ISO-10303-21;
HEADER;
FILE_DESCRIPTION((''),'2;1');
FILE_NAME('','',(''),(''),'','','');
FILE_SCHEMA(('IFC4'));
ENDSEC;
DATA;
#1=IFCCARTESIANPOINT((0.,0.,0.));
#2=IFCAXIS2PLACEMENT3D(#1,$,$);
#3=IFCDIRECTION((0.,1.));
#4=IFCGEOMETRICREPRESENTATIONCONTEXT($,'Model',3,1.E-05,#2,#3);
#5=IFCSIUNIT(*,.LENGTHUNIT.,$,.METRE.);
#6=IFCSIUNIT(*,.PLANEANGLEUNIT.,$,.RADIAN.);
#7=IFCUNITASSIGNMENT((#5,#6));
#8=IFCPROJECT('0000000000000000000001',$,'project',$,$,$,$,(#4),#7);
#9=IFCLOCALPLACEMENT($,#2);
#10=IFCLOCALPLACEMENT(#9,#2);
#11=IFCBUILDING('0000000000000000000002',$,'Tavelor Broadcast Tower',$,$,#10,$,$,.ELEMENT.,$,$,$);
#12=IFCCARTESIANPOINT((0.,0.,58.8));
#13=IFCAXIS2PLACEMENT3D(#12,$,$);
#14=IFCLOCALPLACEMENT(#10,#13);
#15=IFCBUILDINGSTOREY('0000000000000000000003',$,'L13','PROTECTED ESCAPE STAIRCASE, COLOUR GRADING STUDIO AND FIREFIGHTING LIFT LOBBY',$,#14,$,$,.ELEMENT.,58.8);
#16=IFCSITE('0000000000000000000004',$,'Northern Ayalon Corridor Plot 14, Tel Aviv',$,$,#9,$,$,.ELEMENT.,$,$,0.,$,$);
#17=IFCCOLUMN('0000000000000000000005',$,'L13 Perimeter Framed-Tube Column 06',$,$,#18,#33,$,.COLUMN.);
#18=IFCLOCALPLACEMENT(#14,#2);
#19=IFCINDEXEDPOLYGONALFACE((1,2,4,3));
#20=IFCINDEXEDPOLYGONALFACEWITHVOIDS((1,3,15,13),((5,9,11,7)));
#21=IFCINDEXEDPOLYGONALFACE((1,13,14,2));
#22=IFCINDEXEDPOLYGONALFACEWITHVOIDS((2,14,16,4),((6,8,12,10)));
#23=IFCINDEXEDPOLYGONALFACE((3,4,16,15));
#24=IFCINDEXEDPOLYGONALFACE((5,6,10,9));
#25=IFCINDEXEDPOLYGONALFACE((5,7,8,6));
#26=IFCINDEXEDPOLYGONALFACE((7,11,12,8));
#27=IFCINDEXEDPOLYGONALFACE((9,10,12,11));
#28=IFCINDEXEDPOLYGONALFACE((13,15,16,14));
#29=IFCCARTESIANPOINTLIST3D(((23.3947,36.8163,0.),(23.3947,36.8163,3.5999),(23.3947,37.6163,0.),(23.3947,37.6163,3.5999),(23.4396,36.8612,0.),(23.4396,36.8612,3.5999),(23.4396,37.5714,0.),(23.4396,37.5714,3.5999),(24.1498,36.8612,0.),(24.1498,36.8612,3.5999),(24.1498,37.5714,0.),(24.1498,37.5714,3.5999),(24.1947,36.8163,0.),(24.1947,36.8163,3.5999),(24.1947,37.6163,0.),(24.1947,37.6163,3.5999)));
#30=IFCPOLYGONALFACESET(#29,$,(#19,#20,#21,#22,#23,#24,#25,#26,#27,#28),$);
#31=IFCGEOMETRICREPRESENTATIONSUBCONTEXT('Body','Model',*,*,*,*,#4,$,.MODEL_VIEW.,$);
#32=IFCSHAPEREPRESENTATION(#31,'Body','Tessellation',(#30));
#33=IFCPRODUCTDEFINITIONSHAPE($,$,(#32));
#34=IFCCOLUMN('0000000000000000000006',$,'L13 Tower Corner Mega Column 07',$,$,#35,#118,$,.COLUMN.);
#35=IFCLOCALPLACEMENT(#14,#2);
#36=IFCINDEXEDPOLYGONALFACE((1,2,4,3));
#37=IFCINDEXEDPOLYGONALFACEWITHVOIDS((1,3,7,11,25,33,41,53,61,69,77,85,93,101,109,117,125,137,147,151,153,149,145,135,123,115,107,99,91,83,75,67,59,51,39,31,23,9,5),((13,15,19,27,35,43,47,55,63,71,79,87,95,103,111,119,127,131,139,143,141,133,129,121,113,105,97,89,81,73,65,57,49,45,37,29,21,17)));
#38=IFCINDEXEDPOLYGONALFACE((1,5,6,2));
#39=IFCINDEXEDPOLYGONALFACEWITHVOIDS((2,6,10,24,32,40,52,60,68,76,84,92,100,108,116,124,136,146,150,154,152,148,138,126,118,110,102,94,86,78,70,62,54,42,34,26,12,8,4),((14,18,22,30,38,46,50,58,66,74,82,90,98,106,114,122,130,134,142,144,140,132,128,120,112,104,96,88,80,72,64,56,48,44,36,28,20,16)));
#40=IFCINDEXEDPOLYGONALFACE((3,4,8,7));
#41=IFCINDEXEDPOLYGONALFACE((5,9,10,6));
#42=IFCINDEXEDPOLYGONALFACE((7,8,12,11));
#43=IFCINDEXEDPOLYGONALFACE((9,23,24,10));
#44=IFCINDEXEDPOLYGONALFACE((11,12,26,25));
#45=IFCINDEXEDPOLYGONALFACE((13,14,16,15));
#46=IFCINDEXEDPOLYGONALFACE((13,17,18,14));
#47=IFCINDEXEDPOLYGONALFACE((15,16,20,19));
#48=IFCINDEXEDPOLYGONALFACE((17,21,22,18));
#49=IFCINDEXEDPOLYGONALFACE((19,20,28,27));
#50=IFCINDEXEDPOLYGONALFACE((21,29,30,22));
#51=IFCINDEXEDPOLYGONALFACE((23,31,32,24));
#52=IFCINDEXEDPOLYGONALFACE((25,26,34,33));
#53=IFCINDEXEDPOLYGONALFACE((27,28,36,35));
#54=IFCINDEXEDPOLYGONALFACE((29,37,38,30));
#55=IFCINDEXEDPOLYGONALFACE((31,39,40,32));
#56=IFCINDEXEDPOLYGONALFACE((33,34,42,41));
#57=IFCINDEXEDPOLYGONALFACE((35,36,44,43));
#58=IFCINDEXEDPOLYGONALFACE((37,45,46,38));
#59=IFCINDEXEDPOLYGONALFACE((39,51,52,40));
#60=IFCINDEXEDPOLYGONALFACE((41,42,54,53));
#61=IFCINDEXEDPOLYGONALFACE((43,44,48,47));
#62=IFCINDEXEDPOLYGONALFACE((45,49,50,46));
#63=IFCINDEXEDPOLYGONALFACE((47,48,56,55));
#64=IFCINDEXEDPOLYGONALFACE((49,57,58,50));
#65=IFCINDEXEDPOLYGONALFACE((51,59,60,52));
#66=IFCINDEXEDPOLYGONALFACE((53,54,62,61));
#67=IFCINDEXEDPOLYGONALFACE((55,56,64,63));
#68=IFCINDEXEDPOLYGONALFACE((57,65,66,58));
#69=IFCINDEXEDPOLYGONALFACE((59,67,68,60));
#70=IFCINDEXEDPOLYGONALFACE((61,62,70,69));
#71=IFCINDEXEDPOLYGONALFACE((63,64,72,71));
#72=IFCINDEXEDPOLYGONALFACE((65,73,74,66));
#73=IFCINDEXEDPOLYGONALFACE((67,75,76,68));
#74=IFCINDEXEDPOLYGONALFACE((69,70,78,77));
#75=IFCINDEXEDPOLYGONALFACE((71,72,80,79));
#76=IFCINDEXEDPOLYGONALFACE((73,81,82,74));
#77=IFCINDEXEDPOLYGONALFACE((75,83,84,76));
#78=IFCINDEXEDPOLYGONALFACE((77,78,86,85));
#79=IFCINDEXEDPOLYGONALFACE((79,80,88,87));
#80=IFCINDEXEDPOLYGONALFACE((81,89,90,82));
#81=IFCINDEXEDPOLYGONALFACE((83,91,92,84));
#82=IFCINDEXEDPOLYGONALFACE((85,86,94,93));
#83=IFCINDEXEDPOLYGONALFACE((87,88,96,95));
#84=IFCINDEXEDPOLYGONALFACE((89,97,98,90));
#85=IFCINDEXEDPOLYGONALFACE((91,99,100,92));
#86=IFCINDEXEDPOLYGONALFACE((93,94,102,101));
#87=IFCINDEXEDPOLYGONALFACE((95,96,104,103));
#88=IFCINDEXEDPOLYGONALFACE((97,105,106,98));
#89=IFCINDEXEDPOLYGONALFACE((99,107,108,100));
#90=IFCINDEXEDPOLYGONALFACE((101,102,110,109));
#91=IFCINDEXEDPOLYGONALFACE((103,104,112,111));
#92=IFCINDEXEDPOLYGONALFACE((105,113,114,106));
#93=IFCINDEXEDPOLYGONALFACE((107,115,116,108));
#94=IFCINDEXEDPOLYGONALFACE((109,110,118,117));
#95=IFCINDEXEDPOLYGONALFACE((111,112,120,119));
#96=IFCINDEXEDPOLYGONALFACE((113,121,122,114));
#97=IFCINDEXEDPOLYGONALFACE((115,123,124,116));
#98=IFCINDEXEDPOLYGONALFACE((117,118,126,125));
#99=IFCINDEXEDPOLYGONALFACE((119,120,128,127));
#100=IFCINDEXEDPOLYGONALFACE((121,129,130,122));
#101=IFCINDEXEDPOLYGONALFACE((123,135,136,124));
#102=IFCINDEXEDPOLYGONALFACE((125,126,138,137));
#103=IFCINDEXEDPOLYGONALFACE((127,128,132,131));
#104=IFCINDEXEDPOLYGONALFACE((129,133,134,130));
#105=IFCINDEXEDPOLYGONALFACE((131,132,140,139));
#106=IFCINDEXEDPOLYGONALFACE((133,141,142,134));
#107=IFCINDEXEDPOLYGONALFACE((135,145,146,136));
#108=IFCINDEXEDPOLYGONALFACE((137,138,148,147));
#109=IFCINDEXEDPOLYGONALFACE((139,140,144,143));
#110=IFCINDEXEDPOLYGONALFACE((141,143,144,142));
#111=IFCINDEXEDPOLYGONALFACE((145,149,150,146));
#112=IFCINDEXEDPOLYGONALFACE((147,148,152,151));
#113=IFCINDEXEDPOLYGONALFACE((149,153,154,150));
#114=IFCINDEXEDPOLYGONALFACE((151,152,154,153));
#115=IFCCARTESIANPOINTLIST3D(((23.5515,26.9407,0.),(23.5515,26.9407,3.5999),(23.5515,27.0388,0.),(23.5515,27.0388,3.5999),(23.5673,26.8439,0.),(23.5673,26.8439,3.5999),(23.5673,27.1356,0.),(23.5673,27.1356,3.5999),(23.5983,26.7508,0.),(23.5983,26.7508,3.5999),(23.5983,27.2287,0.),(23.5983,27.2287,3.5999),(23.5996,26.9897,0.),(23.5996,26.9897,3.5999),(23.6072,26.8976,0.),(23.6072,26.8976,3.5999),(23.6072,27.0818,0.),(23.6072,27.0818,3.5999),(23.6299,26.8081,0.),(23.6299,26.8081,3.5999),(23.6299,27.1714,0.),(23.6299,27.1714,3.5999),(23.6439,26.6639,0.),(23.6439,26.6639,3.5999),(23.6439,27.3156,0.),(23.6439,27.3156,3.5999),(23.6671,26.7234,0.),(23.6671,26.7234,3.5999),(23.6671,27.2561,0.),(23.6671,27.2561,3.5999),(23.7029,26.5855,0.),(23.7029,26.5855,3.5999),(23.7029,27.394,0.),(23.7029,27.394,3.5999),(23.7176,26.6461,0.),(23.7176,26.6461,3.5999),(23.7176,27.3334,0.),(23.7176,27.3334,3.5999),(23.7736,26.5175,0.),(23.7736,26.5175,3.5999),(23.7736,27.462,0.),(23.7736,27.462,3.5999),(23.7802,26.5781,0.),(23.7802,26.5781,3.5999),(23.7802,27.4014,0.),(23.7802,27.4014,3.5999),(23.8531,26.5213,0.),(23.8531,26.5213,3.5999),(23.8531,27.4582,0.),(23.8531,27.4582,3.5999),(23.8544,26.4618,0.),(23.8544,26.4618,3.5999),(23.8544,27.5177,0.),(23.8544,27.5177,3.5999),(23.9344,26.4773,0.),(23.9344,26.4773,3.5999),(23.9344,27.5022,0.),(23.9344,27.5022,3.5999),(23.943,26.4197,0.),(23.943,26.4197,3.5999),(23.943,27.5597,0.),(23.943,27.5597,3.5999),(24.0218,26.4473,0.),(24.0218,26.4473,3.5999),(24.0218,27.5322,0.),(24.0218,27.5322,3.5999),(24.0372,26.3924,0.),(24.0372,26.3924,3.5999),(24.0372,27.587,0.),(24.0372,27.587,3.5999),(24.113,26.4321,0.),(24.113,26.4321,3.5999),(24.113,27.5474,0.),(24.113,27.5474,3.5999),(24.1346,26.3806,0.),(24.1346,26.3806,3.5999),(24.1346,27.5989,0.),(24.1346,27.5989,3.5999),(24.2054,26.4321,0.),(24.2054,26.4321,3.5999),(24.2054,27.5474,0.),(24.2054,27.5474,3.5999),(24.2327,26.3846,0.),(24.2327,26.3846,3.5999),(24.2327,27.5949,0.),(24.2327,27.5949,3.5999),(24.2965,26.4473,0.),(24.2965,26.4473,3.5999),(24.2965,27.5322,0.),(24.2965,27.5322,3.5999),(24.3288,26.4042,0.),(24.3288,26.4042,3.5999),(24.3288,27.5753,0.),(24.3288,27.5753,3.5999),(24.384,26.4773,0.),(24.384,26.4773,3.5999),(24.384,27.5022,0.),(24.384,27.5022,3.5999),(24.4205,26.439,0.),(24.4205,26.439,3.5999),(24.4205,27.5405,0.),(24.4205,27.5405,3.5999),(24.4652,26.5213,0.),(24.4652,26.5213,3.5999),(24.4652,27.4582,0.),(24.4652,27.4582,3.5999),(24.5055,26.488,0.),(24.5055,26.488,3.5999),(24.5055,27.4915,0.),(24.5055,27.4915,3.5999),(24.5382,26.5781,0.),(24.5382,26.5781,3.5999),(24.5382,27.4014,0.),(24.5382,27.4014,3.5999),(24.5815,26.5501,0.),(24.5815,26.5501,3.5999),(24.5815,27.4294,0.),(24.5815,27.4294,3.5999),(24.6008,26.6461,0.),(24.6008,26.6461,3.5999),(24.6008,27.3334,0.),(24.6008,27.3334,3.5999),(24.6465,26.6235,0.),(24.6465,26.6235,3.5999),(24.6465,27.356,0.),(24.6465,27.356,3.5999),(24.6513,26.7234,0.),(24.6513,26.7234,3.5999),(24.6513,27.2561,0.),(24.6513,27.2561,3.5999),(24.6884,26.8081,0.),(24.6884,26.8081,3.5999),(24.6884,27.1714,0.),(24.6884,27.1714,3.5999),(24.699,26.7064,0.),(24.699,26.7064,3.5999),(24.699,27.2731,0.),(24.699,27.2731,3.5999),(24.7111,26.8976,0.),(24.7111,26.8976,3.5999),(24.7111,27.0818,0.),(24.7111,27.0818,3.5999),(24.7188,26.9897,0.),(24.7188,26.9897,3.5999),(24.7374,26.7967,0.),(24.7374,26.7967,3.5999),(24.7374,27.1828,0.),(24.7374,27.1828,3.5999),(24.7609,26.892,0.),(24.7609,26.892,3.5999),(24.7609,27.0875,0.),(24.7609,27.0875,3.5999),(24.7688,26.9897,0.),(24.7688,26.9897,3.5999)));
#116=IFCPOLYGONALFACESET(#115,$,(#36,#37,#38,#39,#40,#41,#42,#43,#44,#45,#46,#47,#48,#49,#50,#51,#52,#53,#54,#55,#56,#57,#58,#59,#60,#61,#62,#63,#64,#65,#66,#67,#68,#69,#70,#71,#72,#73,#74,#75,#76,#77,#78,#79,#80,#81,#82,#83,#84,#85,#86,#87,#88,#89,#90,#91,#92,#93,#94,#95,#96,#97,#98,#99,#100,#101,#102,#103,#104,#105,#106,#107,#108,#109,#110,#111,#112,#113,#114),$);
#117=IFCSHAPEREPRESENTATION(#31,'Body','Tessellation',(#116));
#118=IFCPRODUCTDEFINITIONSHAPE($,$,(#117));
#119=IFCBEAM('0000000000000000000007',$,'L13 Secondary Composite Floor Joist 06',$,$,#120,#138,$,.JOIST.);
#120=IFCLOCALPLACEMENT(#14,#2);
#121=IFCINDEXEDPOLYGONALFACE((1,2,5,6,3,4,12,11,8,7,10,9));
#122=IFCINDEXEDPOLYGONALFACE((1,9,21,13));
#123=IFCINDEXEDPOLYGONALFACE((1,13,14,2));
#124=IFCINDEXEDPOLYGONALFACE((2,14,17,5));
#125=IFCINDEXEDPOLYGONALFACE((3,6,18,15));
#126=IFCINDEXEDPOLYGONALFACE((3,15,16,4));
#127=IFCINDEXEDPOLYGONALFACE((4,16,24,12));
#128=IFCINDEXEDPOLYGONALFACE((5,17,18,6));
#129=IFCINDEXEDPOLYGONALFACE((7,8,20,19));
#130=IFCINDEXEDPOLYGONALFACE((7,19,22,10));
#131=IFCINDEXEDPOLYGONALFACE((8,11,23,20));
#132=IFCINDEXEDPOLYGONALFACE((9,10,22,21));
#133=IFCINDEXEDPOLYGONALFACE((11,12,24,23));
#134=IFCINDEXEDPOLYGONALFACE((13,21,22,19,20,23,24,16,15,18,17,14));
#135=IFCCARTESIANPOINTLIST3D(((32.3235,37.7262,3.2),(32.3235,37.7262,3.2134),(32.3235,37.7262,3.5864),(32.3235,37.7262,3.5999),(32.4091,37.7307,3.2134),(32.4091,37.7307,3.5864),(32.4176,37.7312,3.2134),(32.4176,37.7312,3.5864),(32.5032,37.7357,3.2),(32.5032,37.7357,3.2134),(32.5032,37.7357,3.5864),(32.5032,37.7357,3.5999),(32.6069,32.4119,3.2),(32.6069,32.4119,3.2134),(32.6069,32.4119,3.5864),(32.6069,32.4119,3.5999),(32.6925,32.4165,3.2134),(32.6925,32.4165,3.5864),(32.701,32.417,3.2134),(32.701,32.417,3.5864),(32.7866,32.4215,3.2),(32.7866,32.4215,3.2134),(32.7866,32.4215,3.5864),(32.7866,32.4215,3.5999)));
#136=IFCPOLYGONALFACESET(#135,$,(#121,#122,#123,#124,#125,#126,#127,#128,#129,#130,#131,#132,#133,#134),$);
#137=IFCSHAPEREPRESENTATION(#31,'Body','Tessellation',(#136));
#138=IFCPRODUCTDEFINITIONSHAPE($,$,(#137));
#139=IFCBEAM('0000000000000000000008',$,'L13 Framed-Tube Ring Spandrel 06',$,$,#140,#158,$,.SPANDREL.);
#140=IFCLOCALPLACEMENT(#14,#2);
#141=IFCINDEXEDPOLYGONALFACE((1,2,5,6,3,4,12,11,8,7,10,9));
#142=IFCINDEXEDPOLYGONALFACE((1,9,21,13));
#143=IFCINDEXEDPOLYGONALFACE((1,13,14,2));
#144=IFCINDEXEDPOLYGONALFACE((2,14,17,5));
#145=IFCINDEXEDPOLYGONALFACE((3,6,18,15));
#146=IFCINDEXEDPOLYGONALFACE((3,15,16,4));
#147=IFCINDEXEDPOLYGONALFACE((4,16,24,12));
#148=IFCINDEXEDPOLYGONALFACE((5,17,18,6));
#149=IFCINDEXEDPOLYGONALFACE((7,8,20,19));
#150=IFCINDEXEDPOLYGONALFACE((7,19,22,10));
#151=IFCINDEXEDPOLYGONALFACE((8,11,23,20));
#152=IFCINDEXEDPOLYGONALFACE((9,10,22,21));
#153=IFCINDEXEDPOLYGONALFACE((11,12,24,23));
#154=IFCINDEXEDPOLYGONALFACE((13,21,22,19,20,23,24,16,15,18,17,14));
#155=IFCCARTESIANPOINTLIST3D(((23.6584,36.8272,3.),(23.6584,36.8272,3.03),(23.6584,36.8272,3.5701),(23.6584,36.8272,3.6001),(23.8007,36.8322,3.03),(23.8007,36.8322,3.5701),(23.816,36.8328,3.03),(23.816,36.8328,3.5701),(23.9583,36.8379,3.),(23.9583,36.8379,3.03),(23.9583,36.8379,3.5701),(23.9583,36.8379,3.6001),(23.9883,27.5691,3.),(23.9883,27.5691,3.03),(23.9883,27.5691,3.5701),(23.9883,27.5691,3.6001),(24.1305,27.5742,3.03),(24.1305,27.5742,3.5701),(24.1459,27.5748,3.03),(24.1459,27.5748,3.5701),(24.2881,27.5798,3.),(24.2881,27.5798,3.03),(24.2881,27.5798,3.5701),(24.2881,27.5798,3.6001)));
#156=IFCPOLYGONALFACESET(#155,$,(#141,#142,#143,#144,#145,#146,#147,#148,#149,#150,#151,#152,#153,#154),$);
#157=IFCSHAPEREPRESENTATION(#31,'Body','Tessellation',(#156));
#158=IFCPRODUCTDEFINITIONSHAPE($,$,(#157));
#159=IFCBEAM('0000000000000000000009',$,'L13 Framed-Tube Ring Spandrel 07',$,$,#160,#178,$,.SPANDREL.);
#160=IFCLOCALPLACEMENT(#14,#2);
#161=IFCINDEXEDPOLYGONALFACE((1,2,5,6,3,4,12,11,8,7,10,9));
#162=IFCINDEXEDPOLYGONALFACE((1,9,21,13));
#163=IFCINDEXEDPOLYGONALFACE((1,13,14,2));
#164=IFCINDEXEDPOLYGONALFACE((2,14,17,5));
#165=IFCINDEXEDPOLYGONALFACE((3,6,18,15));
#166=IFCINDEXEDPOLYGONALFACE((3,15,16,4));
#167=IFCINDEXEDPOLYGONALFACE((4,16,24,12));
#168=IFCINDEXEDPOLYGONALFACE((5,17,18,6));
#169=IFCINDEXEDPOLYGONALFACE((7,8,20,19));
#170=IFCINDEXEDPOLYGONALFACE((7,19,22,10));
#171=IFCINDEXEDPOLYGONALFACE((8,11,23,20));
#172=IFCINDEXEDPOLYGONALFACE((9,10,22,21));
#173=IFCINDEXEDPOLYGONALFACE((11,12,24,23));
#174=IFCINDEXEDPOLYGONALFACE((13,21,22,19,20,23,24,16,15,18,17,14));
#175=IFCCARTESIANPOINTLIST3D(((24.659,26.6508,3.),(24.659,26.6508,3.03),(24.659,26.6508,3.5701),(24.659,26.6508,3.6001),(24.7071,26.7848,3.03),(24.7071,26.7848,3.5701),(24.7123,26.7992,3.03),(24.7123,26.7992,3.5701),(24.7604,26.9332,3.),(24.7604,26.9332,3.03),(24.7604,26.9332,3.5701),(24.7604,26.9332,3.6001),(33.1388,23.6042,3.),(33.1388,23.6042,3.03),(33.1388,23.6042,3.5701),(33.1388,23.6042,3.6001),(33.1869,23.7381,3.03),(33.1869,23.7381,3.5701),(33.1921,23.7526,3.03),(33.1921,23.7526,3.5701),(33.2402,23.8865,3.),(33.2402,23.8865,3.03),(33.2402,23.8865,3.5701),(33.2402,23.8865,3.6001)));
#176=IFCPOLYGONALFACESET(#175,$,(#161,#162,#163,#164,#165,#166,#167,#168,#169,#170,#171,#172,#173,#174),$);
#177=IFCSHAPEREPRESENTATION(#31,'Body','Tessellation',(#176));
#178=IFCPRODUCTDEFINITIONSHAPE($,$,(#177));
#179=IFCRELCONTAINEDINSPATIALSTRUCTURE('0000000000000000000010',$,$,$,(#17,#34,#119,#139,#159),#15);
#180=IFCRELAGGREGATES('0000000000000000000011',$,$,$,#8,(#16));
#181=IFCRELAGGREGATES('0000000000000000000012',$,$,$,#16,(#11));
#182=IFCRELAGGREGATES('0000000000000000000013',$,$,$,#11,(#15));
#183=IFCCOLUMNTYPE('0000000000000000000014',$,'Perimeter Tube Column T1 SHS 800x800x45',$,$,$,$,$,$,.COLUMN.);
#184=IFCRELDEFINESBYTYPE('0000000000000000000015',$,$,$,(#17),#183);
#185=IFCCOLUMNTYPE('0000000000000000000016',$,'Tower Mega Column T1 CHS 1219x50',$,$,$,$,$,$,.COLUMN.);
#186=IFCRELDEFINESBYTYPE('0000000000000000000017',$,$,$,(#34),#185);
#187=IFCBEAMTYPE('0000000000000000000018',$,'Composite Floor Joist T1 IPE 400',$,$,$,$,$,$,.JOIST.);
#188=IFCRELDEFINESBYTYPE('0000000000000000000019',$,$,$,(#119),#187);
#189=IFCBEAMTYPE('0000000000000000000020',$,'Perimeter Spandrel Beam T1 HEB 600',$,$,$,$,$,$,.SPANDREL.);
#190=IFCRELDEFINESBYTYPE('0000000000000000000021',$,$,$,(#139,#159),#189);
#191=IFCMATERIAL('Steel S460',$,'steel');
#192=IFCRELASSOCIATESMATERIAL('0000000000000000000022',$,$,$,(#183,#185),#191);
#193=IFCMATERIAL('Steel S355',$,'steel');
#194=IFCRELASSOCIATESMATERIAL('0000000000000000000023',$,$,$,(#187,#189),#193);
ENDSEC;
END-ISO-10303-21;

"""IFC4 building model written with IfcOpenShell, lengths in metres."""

from ifc_helpers import new_model, si_unit, direction, frame, origin, origin_2d, place, context, subcontext, project, spatial, hollow_rectangle, hollow_circle, i_section, extrude, material, material_profile, profile_set, type_object, element, save


model = new_model("IFC4")

# Units and contexts
model_context = context("Model", 3, precision=1e-05, world=origin(), true_north=direction((0.0, 1.0)))
body_context = subcontext(model_context, "Body", "Model", "MODEL_VIEW")
ifc_project = project(units=[si_unit("LENGTHUNIT", "METRE"), si_unit("PLANEANGLEUNIT", "RADIAN")], contexts=[model_context])

# Site, building, storey
site_placement = place(None, origin())
site = spatial("IfcSite", under=ifc_project, at=site_placement, Name="Northern Ayalon Corridor Plot 14, Tel Aviv", CompositionType="ELEMENT", RefElevation=0.0)
building_placement = place(site_placement, origin())
building = spatial("IfcBuilding", under=site, at=building_placement, Name="Tavelor Broadcast Tower", CompositionType="ELEMENT")
storey_placement = place(building_placement, frame((0.0, 0.0, 58.8)))
storey = spatial("IfcBuildingStorey", under=building, at=storey_placement, Name="L13", Description="PROTECTED ESCAPE STAIRCASE, COLOUR GRADING STUDIO AND FIREFIGHTING LIFT LOBBY", CompositionType="ELEMENT", Elevation=58.8)

# Columns
ifc_material_1 = material(Name="Steel S460", Category="steel")
ifc_material_profile_1 = material_profile(ifc_material_1, hollow_rectangle(XDim=0.8, YDim=0.8, WallThickness=0.0449, at=origin_2d()), Name="SHS 800x800x45")
ifc_profile_set_1 = profile_set([ifc_material_profile_1], Name="Steel S460")
column_type_1 = type_object("IfcColumnType", Name="Perimeter Tube Column T1 SHS 800x800x45", PredefinedType="COLUMN", material=ifc_profile_set_1)
column_1_placement = place(storey_placement, frame((23.7947, 37.2163, 0.0), z_axis=(0.0, 0.0, 1.0), x_axis=(1.0, 0.0, 0.0)))
element("IfcColumn", 1, at=column_1_placement, inside=storey, type_object=column_type_1, Name="L13 Perimeter Framed-Tube Column 06", PredefinedType="COLUMN", context=body_context, shape_type="SweptSolid", body=[
    extrude(hollow_rectangle(XDim=0.8, YDim=0.8, WallThickness=0.0449, at=origin_2d()), origin(), (0.0, 0.0, 1.0), 3.5999),
])
ifc_material_profile_2 = material_profile(ifc_material_1, hollow_circle(Radius=0.6096, WallThickness=0.05, at=origin_2d()), Name="CHS 1219x50")
ifc_profile_set_2 = profile_set([ifc_material_profile_2], Name="Steel S460")
column_type_2 = type_object("IfcColumnType", Name="Tower Mega Column T1 CHS 1219x50", PredefinedType="COLUMN", material=ifc_profile_set_2)
column_2_placement = place(storey_placement, frame((24.1592, 26.9897, 0.0), z_axis=(0.0, 0.0, 1.0), x_axis=(1.0, 0.0, 0.0)))
element("IfcColumn", 2, at=column_2_placement, inside=storey, type_object=column_type_2, Name="L13 Tower Corner Mega Column 07", PredefinedType="COLUMN", context=body_context, shape_type="SweptSolid", body=[
    extrude(hollow_circle(Radius=0.6096, WallThickness=0.05, at=origin_2d()), origin(), (0.0, 0.0, 1.0), 3.5999),
])

# Beams
ifc_material_2 = material(Name="Steel S355", Category="steel")
ifc_material_profile_3 = material_profile(ifc_material_2, i_section(OverallWidth=0.1799, OverallDepth=0.3999, WebThickness=0.0085, FlangeThickness=0.0134, at=origin_2d()), Name="IPE 400")
ifc_profile_set_3 = profile_set([ifc_material_profile_3], Name="Steel S355")
beam_type_1 = type_object("IfcBeamType", Name="Composite Floor Joist T1 IPE 400", PredefinedType="JOIST", material=ifc_profile_set_3)
beam_1_placement = place(storey_placement, frame((32.4133, 37.731, 3.3999), z_axis=(0.053262, -0.998581, 0.0), x_axis=(0.998581, 0.053262, 0.0)))
element("IfcBeam", 3, at=beam_1_placement, inside=storey, type_object=beam_type_1, Name="L13 Secondary Composite Floor Joist 06", PredefinedType="JOIST", context=body_context, shape_type="SweptSolid", body=[
    extrude(i_section(OverallWidth=0.1799, OverallDepth=0.3999, WebThickness=0.0085, FlangeThickness=0.0134, at=origin_2d()), origin(), (0.0, 0.0, 1.0), 5.3218),
])
ifc_material_profile_4 = material_profile(ifc_material_2, i_section(OverallWidth=0.3, OverallDepth=0.6001, WebThickness=0.0154, FlangeThickness=0.03, at=origin_2d()), Name="HEB 600")
ifc_profile_set_4 = profile_set([ifc_material_profile_4], Name="Steel S355")
beam_type_2 = type_object("IfcBeamType", Name="Perimeter Spandrel Beam T1 HEB 600", PredefinedType="SPANDREL", material=ifc_profile_set_4)
beam_2_placement = place(storey_placement, frame((23.8083, 36.8325, 3.3), z_axis=(0.035604, -0.999366, 0.0), x_axis=(0.999366, 0.035604, 0.0)))
element("IfcBeam", 4, at=beam_2_placement, inside=storey, type_object=beam_type_2, Name="L13 Framed-Tube Ring Spandrel 06", PredefinedType="SPANDREL", context=body_context, shape_type="SweptSolid", body=[
    extrude(i_section(OverallWidth=0.3, OverallDepth=0.6001, WebThickness=0.0154, FlangeThickness=0.03, at=origin_2d()), origin(), (0.0, 0.0, 1.0), 9.2639),
])
beam_3_placement = place(storey_placement, frame((24.7097, 26.792, 3.3), z_axis=(0.941102, -0.338123, 0.0), x_axis=(0.338123, 0.941102, 0.0)))
element("IfcBeam", 5, at=beam_3_placement, inside=storey, type_object=beam_type_2, Name="L13 Framed-Tube Ring Spandrel 07", PredefinedType="SPANDREL", context=body_context, shape_type="SweptSolid", body=[
    extrude(i_section(OverallWidth=0.3, OverallDepth=0.6001, WebThickness=0.0154, FlangeThickness=0.03, at=origin_2d()), origin(), (0.0, 0.0, 1.0), 9.0105),
])

save(model, "model.ifc")
